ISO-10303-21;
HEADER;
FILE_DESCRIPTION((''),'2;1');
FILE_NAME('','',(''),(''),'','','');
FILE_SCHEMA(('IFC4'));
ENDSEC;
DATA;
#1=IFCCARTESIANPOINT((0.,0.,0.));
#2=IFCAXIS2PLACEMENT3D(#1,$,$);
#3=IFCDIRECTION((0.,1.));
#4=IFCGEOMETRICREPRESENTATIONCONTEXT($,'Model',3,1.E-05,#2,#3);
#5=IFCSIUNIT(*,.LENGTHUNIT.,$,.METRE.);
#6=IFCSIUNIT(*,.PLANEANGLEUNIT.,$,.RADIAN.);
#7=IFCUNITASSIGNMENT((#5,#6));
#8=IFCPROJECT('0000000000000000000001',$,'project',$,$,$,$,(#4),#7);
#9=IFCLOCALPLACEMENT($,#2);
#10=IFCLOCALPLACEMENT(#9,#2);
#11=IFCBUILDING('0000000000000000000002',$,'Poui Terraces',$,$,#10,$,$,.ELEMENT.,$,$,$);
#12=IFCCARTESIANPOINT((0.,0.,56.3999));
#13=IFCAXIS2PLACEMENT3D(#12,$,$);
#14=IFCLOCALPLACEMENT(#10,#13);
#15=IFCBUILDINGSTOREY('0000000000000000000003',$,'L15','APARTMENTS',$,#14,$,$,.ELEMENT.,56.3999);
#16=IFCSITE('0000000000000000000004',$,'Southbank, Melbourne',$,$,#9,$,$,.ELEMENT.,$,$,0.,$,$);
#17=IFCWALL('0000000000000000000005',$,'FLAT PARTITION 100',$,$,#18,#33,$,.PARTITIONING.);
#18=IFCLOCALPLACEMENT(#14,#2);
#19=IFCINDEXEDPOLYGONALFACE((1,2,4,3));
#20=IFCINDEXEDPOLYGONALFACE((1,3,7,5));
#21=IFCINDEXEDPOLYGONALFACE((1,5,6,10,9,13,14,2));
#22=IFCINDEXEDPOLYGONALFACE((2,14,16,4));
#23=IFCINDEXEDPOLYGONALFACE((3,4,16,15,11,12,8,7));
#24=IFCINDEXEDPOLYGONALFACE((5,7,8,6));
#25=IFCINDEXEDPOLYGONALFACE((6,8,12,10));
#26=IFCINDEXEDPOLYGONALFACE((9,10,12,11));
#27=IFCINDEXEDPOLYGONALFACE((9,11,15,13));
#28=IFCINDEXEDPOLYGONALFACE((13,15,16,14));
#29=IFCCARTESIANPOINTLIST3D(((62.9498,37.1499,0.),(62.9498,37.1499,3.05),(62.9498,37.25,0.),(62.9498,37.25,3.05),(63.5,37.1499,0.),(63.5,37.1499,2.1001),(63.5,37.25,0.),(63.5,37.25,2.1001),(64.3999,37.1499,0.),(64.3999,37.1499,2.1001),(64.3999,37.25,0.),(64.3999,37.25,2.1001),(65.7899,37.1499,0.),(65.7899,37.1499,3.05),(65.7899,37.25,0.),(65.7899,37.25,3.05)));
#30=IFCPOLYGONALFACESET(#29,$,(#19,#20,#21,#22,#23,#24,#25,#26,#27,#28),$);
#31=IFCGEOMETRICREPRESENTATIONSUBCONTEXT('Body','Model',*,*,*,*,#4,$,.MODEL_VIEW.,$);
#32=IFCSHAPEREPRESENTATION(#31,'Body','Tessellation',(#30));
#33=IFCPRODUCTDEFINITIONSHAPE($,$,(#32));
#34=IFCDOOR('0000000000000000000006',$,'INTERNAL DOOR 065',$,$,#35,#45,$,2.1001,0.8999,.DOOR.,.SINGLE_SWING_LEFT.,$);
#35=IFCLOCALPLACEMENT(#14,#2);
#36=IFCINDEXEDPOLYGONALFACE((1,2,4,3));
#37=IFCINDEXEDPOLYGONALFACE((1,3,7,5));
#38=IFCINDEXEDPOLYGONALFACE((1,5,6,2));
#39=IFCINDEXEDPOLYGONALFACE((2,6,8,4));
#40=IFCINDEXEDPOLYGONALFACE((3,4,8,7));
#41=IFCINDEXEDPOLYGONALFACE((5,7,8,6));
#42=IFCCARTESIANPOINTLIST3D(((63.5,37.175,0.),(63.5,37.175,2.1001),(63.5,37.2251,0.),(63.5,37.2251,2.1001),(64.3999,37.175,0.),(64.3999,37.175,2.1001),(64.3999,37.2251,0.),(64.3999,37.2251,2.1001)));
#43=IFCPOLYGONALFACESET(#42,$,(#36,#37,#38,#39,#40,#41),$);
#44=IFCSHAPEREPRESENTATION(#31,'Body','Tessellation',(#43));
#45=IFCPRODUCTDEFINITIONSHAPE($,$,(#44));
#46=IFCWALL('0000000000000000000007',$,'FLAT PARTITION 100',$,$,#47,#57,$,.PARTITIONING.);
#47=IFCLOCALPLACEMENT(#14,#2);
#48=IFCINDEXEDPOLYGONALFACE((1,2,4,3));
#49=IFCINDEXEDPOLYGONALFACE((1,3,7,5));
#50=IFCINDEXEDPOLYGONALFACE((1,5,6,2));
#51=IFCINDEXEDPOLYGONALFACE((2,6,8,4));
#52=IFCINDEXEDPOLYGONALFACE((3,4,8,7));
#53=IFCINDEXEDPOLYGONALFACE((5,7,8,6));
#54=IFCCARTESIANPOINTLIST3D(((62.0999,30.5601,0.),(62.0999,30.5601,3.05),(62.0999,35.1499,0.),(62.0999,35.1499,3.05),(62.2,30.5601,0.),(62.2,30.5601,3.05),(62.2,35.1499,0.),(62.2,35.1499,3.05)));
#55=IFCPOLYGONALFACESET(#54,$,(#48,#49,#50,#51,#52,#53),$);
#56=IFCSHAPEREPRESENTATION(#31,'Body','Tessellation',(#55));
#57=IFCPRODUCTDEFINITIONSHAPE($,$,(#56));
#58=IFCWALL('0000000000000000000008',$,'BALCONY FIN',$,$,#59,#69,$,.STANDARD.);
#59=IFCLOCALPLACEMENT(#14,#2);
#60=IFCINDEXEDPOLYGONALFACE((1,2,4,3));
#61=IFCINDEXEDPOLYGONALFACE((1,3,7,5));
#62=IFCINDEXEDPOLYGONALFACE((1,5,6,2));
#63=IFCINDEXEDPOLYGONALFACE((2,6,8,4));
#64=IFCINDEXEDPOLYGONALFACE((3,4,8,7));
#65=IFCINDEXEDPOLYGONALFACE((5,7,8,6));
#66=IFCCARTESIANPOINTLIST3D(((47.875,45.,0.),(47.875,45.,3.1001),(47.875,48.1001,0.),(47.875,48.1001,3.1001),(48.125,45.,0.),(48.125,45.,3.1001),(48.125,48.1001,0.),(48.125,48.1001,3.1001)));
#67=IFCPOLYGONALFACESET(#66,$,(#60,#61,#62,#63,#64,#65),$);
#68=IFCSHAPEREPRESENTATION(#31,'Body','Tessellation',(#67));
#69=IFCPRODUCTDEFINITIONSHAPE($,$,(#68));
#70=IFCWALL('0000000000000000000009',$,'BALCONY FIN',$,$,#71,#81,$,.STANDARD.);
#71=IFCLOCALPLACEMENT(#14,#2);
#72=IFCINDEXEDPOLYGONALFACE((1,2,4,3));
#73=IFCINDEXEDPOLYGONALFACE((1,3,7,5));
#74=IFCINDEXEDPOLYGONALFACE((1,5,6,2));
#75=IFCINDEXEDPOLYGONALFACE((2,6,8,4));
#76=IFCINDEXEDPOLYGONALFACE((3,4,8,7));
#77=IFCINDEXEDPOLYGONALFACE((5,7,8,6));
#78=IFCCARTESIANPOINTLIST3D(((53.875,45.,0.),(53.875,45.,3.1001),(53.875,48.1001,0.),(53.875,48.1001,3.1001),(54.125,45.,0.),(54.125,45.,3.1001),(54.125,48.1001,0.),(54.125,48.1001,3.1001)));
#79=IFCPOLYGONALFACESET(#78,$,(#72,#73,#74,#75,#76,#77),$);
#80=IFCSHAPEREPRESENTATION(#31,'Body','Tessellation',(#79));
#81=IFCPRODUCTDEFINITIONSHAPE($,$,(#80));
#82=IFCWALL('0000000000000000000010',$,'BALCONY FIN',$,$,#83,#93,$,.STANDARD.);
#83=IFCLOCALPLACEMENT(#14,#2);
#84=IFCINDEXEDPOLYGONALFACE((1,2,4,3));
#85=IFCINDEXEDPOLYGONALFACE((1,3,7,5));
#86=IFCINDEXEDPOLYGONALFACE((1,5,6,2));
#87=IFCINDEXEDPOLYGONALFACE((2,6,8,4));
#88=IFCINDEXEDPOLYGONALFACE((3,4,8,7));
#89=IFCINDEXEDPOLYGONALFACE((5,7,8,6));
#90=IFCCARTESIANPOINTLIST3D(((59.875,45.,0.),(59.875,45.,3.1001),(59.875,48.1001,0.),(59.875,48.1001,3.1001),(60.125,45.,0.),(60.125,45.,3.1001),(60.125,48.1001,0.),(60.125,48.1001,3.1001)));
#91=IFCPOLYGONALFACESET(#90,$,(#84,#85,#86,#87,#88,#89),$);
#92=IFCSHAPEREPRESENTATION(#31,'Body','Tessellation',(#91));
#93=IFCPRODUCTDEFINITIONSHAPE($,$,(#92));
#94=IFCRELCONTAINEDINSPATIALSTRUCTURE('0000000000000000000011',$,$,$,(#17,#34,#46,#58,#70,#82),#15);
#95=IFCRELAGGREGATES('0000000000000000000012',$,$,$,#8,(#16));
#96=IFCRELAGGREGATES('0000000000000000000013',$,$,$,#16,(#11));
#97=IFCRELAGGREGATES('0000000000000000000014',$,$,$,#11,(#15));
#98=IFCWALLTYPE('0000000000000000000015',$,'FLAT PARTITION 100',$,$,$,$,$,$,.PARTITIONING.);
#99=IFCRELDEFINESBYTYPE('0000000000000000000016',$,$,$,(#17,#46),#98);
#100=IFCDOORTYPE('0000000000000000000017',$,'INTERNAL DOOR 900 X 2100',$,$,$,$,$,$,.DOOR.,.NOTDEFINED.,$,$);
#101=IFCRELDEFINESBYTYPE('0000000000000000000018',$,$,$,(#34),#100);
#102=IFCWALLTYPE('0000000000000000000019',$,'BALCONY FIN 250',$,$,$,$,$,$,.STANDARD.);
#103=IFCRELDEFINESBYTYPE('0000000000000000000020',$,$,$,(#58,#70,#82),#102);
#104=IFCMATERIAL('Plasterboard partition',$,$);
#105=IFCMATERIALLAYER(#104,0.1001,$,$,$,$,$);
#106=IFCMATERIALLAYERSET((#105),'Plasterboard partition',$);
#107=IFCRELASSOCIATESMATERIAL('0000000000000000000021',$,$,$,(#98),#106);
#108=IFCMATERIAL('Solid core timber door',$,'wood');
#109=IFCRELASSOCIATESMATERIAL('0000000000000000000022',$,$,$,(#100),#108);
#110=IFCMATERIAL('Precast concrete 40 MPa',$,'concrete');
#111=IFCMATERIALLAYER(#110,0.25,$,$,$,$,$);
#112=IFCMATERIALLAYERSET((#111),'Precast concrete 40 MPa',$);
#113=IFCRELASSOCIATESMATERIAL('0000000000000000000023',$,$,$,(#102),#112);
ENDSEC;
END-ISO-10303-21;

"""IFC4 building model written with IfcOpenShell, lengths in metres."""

from ifc_helpers import new_model, si_unit, direction, frame, frame_2d, origin, place, context, subcontext, project, spatial, polyline, rectangle, outline, extrude, source, transform, mapped, material, layer, layer_set, type_object, element, fill, save


model = new_model("IFC4")

# Units and contexts
model_context = context("Model", 3, precision=1e-05, world=origin(), true_north=direction((0.0, 1.0)))
body_context = subcontext(model_context, "Body", "Model", "MODEL_VIEW")
ifc_project = project(units=[si_unit("LENGTHUNIT", "METRE"), si_unit("PLANEANGLEUNIT", "RADIAN")], contexts=[model_context])

# Site, building, storey
site_placement = place(None, origin())
site = spatial("IfcSite", under=ifc_project, at=site_placement, Name="Southbank, Melbourne", CompositionType="ELEMENT", RefElevation=0.0)
building_placement = place(site_placement, origin())
building = spatial("IfcBuilding", under=site, at=building_placement, Name="Poui Terraces", CompositionType="ELEMENT")
storey_placement = place(building_placement, frame((0.0, 0.0, 56.3999)))
storey = spatial("IfcBuildingStorey", under=building, at=storey_placement, Name="L15", Description="APARTMENTS", CompositionType="ELEMENT", Elevation=56.3999)

# Wall, opening, door
ifc_material_1 = material(Name="Plasterboard partition")
ifc_layer_1 = layer(ifc_material_1, 0.1001)
ifc_layer_set_1 = layer_set([ifc_layer_1], Name="Plasterboard partition")
wall_type_1 = type_object("IfcWallType", Name="FLAT PARTITION 100", PredefinedType="PARTITIONING", material=ifc_layer_set_1)
ifc_material_2 = material(Name="Solid core timber door", Category="wood")
door_type_1 = type_object("IfcDoorType", Name="INTERNAL DOOR 900 X 2100", OperationType="NOTDEFINED", PredefinedType="DOOR", material=ifc_material_2)
wall_1_placement = place(storey_placement, frame((62.95, 37.2, 0.0), z_axis=(0.0, 0.0, 1.0), x_axis=(1.0, 0.0, 0.0)))
wall_1 = element("IfcWall", 1, at=wall_1_placement, inside=storey, type_object=wall_type_1, Name="FLAT PARTITION 100", PredefinedType="PARTITIONING", context=body_context, shape_type="SweptSolid", body=[
    extrude(rectangle(XDim=2.8401, YDim=0.1001, at=frame_2d((1.4199, 0.0))), origin(), (0.0, 0.0, 1.0), 3.05),
])
opening_1_placement = place(wall_1_placement, frame((0.55, 0.0, 0.0)))
opening_1 = element("IfcOpeningElement", 2, at=opening_1_placement, cuts=wall_1, PredefinedType="OPENING", context=body_context, shape_type="SweptSolid", body=[
    extrude(rectangle(XDim=0.8999, YDim=2.1001, at=frame_2d((0.45, 1.05))), frame((0.0, 0.0601, 0.0), z_axis=(0.0, -1.0, 0.0), x_axis=(1.0, 0.0, 0.0)), (0.0, 0.0, 1.0), 0.1201),
])
door_1_placement = place(opening_1_placement, frame((0.8999, 0.0, 0.0), z_axis=(0.0, 0.0, 1.0), x_axis=(-1.0, 0.0, 0.0)))
door_1 = element("IfcDoor", 3, at=door_1_placement, inside=storey, type_object=door_type_1, Name="INTERNAL DOOR 065", OperationType="SINGLE_SWING_LEFT", OverallHeight=2.1001, OverallWidth=0.8999, PredefinedType="DOOR", context=body_context, shape_type="SweptSolid", body=[
    extrude(rectangle(XDim=0.8999, YDim=2.1001, at=frame_2d((0.45, 1.05))), frame((0.0, 0.0249, 0.0), z_axis=(0.0, -1.0, 0.0), x_axis=(1.0, 0.0, 0.0)), (0.0, 0.0, 1.0), 0.05),
])
fill(opening_1, door_1)

# Walls
wall_2_placement = place(storey_placement, frame((62.1499, 30.5601, 0.0), z_axis=(0.0, 0.0, 1.0), x_axis=(0.0, 1.0, 0.0)))
element("IfcWall", 4, at=wall_2_placement, inside=storey, type_object=wall_type_1, Name="FLAT PARTITION 100", PredefinedType="PARTITIONING", context=body_context, shape_type="SweptSolid", body=[
    extrude(rectangle(XDim=4.5898, YDim=0.1001, at=frame_2d((2.2949, 0.0))), origin(), (0.0, 0.0, 1.0), 3.05),
])
ifc_material_3 = material(Name="Precast concrete 40 MPa", Category="concrete")
ifc_layer_2 = layer(ifc_material_3, 0.25)
ifc_layer_set_2 = layer_set([ifc_layer_2], Name="Precast concrete 40 MPa")
wall_type_2 = type_object("IfcWallType", Name="BALCONY FIN 250", PredefinedType="STANDARD", material=ifc_layer_set_2)
shared_shape_1 = source(origin(), body_context, "Body", "SweptSolid", [
    extrude(outline(polyline([(0.0, 0.0), (0.25, 0.0), (0.25, 3.1001), (0.0, 3.1001), (0.0, 0.0)])), origin(), (0.0, 0.0, 1.0), 3.1001),
])
for number, where, name in (
    (5, (47.875, 45.0, 0.0), "BALCONY FIN"),
    (6, (53.875, 45.0, 0.0), "BALCONY FIN"),
    (7, (59.875, 45.0, 0.0), "BALCONY FIN"),
):
    element("IfcWall", number, at=place(storey_placement, frame(where)), inside=storey, type_object=wall_type_2, Name=name, PredefinedType="STANDARD", context=body_context, shape_type="MappedRepresentation", body=[
        mapped(shared_shape_1, transform((0.0, 0.0, 0.0))),
    ])

save(model, "model.ifc")
